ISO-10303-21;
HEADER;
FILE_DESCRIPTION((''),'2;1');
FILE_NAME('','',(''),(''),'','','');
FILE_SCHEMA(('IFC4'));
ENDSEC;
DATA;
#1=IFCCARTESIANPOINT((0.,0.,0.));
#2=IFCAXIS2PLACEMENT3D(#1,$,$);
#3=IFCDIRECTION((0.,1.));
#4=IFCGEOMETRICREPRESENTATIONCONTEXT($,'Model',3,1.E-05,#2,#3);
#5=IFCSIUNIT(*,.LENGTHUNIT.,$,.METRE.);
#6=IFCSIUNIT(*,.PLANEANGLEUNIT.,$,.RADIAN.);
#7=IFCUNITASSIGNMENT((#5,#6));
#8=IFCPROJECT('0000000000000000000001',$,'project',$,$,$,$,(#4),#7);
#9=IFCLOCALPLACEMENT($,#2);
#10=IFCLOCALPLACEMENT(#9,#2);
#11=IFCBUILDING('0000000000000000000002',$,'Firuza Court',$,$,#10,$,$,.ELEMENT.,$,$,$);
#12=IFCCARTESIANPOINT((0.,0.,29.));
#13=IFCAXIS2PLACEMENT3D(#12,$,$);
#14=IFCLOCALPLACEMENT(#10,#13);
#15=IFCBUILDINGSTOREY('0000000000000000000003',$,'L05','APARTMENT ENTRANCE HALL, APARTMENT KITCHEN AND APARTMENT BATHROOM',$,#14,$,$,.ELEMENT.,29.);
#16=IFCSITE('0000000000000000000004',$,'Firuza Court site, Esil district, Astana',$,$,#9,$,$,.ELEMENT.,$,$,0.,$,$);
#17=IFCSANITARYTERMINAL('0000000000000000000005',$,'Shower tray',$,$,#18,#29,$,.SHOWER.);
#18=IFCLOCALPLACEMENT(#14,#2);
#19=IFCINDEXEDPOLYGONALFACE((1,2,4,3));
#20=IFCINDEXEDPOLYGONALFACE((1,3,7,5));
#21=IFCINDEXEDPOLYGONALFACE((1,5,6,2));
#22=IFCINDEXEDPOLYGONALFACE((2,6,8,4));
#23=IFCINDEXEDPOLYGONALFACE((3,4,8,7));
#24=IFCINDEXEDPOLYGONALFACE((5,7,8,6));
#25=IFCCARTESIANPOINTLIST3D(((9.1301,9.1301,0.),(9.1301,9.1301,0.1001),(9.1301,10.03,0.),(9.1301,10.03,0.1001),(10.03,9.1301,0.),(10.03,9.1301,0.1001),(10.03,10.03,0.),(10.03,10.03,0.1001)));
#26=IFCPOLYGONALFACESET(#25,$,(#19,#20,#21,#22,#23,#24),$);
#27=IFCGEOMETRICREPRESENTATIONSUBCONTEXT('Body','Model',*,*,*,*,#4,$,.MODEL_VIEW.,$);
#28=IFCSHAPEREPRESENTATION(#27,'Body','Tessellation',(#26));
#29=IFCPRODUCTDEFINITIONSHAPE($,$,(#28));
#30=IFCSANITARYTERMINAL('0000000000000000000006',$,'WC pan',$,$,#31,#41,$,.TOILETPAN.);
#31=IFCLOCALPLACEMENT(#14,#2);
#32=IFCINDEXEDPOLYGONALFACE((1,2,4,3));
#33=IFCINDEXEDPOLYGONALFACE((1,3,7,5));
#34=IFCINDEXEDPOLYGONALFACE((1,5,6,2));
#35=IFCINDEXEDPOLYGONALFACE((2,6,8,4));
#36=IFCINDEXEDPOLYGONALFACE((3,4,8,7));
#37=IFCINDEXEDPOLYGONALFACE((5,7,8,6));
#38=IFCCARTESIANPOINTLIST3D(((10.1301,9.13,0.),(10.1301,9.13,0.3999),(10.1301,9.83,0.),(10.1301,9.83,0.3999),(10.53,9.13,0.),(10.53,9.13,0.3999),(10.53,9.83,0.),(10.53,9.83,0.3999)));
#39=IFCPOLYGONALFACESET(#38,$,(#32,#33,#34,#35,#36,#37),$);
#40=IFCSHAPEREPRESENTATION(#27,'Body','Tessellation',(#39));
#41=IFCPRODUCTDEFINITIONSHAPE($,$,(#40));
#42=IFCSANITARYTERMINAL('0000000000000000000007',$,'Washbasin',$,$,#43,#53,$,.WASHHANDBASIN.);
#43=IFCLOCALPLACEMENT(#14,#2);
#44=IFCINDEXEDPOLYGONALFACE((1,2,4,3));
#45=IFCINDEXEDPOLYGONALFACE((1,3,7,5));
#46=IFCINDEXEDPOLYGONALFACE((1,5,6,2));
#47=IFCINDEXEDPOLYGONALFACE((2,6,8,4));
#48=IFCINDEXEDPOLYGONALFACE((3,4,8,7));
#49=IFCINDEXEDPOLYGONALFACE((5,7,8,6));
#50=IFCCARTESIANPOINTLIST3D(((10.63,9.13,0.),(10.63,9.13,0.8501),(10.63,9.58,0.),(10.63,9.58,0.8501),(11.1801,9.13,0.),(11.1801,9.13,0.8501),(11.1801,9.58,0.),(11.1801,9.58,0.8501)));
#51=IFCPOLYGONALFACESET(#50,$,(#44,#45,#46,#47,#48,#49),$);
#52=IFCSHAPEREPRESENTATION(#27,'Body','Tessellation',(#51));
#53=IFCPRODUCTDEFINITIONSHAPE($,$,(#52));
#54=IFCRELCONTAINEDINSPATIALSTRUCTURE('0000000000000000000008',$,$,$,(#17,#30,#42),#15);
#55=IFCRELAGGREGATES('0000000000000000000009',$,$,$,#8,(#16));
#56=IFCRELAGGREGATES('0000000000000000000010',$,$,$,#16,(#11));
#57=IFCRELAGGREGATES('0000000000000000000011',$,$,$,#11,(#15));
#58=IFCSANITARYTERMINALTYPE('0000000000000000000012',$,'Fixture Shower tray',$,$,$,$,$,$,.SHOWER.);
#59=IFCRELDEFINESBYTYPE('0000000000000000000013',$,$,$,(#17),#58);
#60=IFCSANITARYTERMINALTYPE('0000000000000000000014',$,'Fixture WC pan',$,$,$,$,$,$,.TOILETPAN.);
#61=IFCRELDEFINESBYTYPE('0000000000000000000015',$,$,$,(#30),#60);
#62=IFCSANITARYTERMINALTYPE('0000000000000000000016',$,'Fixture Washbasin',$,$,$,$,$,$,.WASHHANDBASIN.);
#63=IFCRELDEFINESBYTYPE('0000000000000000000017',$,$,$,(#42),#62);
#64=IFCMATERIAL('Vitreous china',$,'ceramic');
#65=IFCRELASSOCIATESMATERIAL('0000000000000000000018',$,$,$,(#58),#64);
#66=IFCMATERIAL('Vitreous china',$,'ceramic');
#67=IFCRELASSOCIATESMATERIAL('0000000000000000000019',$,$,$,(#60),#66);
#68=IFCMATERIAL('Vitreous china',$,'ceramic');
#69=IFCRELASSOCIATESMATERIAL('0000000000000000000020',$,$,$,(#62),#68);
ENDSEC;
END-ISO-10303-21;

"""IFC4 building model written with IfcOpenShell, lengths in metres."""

from ifc_helpers import new_model, si_unit, direction, frame, origin, origin_2d, place, context, subcontext, project, spatial, rectangle, extrude, material, type_object, element, save


model = new_model("IFC4")

# Units and contexts
model_context = context("Model", 3, precision=1e-05, world=origin(), true_north=direction((0.0, 1.0)))
body_context = subcontext(model_context, "Body", "Model", "MODEL_VIEW")
ifc_project = project(units=[si_unit("LENGTHUNIT", "METRE"), si_unit("PLANEANGLEUNIT", "RADIAN")], contexts=[model_context])

# Site, building, storey
site_placement = place(None, origin())
site = spatial("IfcSite", under=ifc_project, at=site_placement, Name="Firuza Court site, Esil district, Astana", CompositionType="ELEMENT", RefElevation=0.0)
building_placement = place(site_placement, origin())
building = spatial("IfcBuilding", under=site, at=building_placement, Name="Firuza Court", CompositionType="ELEMENT")
storey_placement = place(building_placement, frame((0.0, 0.0, 29.0)))
storey = spatial("IfcBuildingStorey", under=building, at=storey_placement, Name="L05", Description="APARTMENT ENTRANCE HALL, APARTMENT KITCHEN AND APARTMENT BATHROOM", CompositionType="ELEMENT", Elevation=29.0)

# Sanitary terminals
ifc_material_1 = material(Name="Vitreous china", Category="ceramic")
sanitary_terminal_type_1 = type_object("IfcSanitaryTerminalType", Name="Fixture Shower tray", PredefinedType="SHOWER", material=ifc_material_1)
sanitary_terminal_1_placement = place(storey_placement, frame((9.5801, 9.5801, 0.0), z_axis=(0.0, 0.0, 1.0), x_axis=(1.0, 0.0, 0.0)))
element("IfcSanitaryTerminal", 1, at=sanitary_terminal_1_placement, inside=storey, type_object=sanitary_terminal_type_1, Name="Shower tray", PredefinedType="SHOWER", context=body_context, shape_type="SweptSolid", body=[
    extrude(rectangle(XDim=0.8999, YDim=0.8999, at=origin_2d()), origin(), (0.0, 0.0, 1.0), 0.1001),
])
ifc_material_2 = material(Name="Vitreous china", Category="ceramic")
sanitary_terminal_type_2 = type_object("IfcSanitaryTerminalType", Name="Fixture WC pan", PredefinedType="TOILETPAN", material=ifc_material_2)
sanitary_terminal_2_placement = place(storey_placement, frame((10.3301, 9.48, 0.0), z_axis=(0.0, 0.0, 1.0), x_axis=(1.0, 0.0, 0.0)))
element("IfcSanitaryTerminal", 2, at=sanitary_terminal_2_placement, inside=storey, type_object=sanitary_terminal_type_2, Name="WC pan", PredefinedType="TOILETPAN", context=body_context, shape_type="SweptSolid", body=[
    extrude(rectangle(XDim=0.3999, YDim=0.7, at=origin_2d()), origin(), (0.0, 0.0, 1.0), 0.3999),
])
ifc_material_3 = material(Name="Vitreous china", Category="ceramic")
sanitary_terminal_type_3 = type_object("IfcSanitaryTerminalType", Name="Fixture Washbasin", PredefinedType="WASHHANDBASIN", material=ifc_material_3)
sanitary_terminal_3_placement = place(storey_placement, frame((10.905, 9.355, 0.0), z_axis=(0.0, 0.0, 1.0), x_axis=(1.0, 0.0, 0.0)))
element("IfcSanitaryTerminal", 3, at=sanitary_terminal_3_placement, inside=storey, type_object=sanitary_terminal_type_3, Name="Washbasin", PredefinedType="WASHHANDBASIN", context=body_context, shape_type="SweptSolid", body=[
    extrude(rectangle(XDim=0.55, YDim=0.45, at=origin_2d()), origin(), (0.0, 0.0, 1.0), 0.8501),
])

save(model, "model.ifc")
